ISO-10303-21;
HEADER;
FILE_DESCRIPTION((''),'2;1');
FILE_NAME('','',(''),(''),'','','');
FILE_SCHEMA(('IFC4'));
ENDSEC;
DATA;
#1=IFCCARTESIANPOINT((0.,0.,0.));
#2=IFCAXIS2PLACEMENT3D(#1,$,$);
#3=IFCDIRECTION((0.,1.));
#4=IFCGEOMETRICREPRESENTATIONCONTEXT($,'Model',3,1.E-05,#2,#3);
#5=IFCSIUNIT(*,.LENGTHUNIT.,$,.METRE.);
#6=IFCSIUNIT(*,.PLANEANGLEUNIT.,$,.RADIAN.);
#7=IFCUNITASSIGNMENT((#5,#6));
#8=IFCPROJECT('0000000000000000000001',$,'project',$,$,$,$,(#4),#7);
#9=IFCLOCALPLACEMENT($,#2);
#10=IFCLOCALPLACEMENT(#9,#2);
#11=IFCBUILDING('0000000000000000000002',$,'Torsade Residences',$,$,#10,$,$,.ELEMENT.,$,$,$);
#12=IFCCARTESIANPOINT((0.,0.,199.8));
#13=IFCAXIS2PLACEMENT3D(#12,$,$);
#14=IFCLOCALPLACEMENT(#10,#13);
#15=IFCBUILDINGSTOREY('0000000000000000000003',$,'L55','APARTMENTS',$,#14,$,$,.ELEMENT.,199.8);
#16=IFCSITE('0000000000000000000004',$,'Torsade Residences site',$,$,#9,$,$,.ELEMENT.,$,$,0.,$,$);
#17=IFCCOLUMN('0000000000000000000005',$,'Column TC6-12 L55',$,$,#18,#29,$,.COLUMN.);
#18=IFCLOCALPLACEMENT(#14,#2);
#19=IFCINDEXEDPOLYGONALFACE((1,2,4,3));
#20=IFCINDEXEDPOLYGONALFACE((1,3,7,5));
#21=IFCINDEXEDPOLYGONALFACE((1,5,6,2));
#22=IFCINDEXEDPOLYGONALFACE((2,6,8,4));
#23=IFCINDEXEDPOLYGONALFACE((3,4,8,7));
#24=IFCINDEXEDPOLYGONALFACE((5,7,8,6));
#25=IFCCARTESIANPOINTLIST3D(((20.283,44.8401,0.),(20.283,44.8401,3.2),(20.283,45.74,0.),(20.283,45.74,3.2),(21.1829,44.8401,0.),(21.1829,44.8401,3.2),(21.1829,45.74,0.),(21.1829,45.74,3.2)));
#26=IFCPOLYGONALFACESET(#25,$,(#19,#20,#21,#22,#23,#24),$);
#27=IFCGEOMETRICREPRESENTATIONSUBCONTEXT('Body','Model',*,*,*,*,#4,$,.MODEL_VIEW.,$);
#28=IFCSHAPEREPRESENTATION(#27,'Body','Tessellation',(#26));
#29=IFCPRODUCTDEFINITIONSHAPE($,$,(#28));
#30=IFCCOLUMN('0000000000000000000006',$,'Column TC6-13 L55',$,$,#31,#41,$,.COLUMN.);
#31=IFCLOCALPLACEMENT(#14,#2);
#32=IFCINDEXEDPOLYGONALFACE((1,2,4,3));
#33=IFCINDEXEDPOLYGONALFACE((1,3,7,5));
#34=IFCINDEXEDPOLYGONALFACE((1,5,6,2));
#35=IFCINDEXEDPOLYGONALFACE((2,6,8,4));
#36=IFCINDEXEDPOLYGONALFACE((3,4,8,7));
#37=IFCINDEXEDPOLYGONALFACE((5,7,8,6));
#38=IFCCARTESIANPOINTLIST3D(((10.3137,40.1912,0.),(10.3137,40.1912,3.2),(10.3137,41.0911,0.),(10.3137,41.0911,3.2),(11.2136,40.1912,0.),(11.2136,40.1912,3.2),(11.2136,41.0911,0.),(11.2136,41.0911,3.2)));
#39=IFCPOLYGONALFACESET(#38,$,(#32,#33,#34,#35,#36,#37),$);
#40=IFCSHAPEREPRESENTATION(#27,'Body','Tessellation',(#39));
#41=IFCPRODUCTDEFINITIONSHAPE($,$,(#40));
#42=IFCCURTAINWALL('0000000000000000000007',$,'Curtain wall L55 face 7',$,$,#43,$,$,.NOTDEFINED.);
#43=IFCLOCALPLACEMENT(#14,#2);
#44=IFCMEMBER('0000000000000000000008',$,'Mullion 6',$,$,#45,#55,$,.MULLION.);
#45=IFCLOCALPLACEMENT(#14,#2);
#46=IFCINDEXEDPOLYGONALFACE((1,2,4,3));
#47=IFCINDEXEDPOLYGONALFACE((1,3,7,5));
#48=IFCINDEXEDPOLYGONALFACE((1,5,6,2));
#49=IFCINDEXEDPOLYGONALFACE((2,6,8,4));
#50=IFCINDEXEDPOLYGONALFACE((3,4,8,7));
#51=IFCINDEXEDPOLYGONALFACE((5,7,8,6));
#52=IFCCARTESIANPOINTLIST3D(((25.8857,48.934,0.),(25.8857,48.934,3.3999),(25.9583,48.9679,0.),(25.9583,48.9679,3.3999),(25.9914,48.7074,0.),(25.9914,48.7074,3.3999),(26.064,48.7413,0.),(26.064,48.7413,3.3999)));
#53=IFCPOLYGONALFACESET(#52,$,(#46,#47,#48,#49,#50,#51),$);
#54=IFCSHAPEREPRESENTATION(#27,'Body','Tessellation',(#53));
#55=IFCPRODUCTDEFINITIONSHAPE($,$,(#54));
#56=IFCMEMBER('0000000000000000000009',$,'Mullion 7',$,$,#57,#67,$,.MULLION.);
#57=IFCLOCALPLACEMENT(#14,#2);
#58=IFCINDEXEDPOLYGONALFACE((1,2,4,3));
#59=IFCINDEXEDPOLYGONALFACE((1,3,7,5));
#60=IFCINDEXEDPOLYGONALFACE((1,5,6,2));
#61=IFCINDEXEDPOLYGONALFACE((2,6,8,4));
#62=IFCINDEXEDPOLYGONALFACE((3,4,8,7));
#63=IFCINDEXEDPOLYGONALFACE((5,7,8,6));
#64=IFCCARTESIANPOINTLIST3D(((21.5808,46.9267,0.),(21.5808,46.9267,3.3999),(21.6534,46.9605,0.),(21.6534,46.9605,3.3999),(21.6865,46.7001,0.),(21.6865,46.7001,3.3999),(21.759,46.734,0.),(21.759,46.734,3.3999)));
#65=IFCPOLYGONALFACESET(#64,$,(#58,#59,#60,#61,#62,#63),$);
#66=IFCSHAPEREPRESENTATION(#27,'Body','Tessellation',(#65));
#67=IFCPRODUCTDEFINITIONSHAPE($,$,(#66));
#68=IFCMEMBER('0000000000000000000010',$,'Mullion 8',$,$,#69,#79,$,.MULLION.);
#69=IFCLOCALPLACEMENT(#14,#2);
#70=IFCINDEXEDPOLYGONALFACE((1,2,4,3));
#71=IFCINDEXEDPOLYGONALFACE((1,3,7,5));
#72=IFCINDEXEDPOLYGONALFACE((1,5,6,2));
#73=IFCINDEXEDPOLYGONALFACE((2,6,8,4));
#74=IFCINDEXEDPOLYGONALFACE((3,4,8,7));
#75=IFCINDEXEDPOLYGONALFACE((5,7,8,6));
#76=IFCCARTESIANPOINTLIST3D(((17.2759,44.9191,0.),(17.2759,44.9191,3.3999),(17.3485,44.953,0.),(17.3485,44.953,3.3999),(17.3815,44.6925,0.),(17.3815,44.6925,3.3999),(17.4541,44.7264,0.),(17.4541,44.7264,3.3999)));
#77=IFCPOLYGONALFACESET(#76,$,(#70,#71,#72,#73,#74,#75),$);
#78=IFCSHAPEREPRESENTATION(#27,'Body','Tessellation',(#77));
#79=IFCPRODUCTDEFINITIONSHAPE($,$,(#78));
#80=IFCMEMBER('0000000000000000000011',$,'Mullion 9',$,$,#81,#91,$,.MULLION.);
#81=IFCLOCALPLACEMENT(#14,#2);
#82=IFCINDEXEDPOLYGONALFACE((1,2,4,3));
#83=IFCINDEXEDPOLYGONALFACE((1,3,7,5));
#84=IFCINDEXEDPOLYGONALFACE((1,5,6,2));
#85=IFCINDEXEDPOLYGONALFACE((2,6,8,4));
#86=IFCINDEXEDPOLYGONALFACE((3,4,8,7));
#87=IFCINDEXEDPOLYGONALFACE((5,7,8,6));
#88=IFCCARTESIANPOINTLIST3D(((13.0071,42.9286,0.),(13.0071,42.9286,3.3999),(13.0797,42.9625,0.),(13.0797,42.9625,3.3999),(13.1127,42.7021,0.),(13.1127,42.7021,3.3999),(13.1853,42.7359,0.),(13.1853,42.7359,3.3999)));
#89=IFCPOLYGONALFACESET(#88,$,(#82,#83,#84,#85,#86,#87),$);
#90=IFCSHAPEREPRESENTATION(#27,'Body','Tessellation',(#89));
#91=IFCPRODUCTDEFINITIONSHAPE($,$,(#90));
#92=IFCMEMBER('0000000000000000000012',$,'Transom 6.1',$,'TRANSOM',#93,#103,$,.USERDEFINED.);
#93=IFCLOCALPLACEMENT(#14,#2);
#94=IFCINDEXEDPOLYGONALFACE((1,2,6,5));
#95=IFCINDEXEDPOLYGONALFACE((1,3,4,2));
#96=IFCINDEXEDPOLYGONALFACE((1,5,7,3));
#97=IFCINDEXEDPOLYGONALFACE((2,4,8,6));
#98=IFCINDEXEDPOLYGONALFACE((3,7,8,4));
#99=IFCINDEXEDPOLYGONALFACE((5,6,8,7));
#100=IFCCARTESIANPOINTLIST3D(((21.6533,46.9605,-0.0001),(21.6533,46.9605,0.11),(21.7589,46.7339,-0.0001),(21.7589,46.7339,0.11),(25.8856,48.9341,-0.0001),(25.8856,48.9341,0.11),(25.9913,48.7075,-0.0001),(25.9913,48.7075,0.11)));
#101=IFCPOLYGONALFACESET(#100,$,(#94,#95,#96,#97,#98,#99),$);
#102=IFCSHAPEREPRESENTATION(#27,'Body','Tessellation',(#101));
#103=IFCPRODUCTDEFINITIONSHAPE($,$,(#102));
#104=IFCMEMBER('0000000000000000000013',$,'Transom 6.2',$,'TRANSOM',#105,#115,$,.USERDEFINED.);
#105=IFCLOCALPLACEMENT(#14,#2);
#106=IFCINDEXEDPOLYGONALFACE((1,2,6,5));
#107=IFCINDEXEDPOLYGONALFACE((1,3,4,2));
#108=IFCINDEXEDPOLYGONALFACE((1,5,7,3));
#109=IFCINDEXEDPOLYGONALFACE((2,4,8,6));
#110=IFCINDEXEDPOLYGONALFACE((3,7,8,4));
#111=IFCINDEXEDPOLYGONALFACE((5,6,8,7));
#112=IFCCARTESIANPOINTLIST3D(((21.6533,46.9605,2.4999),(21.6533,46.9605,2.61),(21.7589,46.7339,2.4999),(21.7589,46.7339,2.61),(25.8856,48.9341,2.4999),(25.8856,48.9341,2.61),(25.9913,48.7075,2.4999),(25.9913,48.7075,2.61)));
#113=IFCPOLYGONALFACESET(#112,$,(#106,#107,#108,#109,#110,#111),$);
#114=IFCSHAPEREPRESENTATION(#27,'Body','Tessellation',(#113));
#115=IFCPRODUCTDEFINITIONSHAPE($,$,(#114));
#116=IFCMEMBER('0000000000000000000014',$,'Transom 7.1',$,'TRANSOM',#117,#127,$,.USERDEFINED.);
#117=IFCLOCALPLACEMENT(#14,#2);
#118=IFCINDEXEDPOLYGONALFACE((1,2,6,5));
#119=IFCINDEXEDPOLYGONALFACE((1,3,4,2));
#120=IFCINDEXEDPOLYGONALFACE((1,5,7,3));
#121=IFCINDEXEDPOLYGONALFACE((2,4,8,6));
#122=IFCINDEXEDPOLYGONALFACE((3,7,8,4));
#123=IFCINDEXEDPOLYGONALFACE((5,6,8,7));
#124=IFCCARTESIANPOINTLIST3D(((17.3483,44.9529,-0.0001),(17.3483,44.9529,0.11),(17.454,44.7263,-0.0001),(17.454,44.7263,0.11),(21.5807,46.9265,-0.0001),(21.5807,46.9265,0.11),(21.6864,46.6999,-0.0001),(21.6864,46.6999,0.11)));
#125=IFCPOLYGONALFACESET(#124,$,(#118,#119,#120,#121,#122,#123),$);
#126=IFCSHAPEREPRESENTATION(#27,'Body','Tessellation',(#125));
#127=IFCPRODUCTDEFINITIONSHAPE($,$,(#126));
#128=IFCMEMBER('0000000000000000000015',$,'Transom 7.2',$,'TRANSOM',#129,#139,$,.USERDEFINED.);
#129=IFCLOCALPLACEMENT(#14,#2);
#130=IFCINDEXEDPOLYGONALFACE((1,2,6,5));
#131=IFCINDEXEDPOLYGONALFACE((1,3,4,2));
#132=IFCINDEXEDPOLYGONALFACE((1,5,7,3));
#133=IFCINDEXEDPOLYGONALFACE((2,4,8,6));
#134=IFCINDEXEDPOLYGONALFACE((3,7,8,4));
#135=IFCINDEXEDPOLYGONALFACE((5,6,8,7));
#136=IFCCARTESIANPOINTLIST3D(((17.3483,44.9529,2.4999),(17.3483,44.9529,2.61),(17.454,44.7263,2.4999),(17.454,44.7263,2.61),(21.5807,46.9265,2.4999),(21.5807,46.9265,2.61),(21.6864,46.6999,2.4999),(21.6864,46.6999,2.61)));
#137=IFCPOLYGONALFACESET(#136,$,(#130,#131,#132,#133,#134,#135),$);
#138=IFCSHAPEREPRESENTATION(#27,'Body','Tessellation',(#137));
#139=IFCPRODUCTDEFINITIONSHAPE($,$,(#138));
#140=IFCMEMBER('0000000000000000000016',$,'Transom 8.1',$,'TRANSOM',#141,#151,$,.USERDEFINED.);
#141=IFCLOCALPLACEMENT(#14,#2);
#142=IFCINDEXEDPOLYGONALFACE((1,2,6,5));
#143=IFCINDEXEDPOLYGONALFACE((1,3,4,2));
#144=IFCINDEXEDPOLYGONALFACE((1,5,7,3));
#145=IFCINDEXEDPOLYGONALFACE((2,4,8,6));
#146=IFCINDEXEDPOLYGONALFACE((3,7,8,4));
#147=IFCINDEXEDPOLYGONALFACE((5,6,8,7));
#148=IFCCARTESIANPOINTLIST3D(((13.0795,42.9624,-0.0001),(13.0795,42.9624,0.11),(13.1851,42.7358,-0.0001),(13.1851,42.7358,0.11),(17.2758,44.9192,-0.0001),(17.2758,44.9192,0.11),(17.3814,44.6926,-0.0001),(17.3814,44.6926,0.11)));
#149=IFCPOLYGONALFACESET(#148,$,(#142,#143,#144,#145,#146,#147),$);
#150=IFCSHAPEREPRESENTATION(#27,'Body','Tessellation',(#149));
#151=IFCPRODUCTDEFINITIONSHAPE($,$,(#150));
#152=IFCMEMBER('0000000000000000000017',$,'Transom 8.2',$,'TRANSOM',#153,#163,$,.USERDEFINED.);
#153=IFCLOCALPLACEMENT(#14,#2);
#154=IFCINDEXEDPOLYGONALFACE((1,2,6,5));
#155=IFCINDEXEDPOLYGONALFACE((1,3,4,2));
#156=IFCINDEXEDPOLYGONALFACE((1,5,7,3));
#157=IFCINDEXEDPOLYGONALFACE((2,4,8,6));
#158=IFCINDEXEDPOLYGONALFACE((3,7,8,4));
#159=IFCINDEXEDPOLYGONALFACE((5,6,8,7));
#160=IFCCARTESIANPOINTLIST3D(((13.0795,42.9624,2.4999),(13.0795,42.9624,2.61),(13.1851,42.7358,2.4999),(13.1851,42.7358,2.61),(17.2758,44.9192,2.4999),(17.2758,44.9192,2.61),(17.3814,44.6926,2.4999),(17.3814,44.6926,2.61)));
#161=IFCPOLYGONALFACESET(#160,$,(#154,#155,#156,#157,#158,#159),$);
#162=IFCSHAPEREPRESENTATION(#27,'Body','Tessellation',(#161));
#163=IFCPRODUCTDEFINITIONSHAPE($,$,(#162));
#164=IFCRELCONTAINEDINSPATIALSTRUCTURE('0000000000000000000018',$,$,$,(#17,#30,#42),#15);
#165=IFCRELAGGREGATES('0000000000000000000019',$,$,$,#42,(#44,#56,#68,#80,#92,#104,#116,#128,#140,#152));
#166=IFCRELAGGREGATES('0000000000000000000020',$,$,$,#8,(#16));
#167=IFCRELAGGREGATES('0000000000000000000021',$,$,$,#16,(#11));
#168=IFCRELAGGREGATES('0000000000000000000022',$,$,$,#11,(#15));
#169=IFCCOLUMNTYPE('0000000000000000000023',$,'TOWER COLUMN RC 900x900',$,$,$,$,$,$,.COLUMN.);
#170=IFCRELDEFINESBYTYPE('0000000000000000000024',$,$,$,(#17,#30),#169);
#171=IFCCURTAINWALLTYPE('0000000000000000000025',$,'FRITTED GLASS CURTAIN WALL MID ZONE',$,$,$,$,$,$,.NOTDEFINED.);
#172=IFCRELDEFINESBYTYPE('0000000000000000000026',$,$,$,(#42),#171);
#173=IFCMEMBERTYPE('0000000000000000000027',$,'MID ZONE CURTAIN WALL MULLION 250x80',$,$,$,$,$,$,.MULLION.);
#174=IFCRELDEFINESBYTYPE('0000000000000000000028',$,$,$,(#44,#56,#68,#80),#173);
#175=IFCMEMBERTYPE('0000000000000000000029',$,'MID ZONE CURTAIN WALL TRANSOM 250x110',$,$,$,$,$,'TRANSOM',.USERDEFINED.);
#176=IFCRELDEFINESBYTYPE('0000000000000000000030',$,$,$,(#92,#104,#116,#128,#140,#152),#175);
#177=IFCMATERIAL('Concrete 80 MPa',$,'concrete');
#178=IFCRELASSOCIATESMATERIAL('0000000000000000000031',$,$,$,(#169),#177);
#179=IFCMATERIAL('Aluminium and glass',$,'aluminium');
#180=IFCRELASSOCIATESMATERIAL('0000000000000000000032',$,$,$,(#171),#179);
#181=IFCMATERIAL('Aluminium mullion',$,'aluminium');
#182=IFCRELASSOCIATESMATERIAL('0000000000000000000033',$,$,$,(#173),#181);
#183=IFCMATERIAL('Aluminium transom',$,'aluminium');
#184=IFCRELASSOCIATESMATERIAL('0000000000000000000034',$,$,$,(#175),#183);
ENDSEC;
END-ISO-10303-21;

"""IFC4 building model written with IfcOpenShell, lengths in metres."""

from ifc_helpers import new_model, si_unit, direction, frame, origin, origin_2d, place, context, subcontext, project, spatial, rectangle, extrude, material, material_profile, profile_set, type_object, element, aggregate, save


model = new_model("IFC4")

# Units and contexts
model_context = context("Model", 3, precision=1e-05, world=origin(), true_north=direction((0.0, 1.0)))
body_context = subcontext(model_context, "Body", "Model", "MODEL_VIEW")
ifc_project = project(units=[si_unit("LENGTHUNIT", "METRE"), si_unit("PLANEANGLEUNIT", "RADIAN")], contexts=[model_context])

# Site, building, storey
site_placement = place(None, origin())
site = spatial("IfcSite", under=ifc_project, at=site_placement, Name="Torsade Residences site", CompositionType="ELEMENT", RefElevation=0.0)
building_placement = place(site_placement, origin())
building = spatial("IfcBuilding", under=site, at=building_placement, Name="Torsade Residences", CompositionType="ELEMENT")
storey_placement = place(building_placement, frame((0.0, 0.0, 199.8)))
storey = spatial("IfcBuildingStorey", under=building, at=storey_placement, Name="L55", Description="APARTMENTS", CompositionType="ELEMENT", Elevation=199.8)

# Columns
ifc_material_1 = material(Name="Concrete 80 MPa", Category="concrete")
ifc_material_profile_1 = material_profile(ifc_material_1, rectangle(XDim=0.8999, YDim=0.8999, at=origin_2d()), Name="RC 900x900")
ifc_profile_set_1 = profile_set([ifc_material_profile_1], Name="Concrete 80 MPa")
column_type = type_object("IfcColumnType", Name="TOWER COLUMN RC 900x900", PredefinedType="COLUMN", material=ifc_profile_set_1)
for number, where, z_axis, x_axis, name in (
    (1, (20.7329, 45.29, 0.0), (0.0, 0.0, 1.0), (1.0, 0.0, 0.0), "Column TC6-12 L55"),
    (2, (10.7637, 40.6411, 0.0), (0.0, 0.0, 1.0), (1.0, 0.0, 0.0), "Column TC6-13 L55"),
):
    element("IfcColumn", number, at=place(storey_placement, frame(where, z_axis=z_axis, x_axis=x_axis)), inside=storey, type_object=column_type, Name=name, PredefinedType="COLUMN", context=body_context, shape_type="SweptSolid", body=[
        extrude(rectangle(XDim=0.8999, YDim=0.8999, at=origin_2d()), origin(), (0.0, 0.0, 1.0), 3.2),
    ])

# Curtain wall, members
ifc_material_2 = material(Name="Aluminium and glass", Category="aluminium")
curtain_wall_type = type_object("IfcCurtainWallType", Name="FRITTED GLASS CURTAIN WALL MID ZONE", PredefinedType="NOTDEFINED", material=ifc_material_2)
curtain_wall_placement = place(storey_placement, origin())
curtain_wall = element("IfcCurtainWall", 3, at=curtain_wall_placement, inside=storey, type_object=curtain_wall_type, Name="Curtain wall L55 face 7", PredefinedType="NOTDEFINED")
ifc_material_3 = material(Name="Aluminium mullion", Category="aluminium")
ifc_material_profile_2 = material_profile(ifc_material_3, rectangle(XDim=0.25, YDim=0.0801, at=origin_2d()), Name="MID ZONE CURTAIN WALL MULLION 250x80")
ifc_profile_set_2 = profile_set([ifc_material_profile_2], Name="Aluminium mullion")
member_type_1 = type_object("IfcMemberType", Name="MID ZONE CURTAIN WALL MULLION 250x80", PredefinedType="MULLION", material=ifc_profile_set_2)
member_1_placement = place(storey_placement, frame((25.9749, 48.8376, 0.0), z_axis=(0.0, 0.0, 1.0), x_axis=(0.422618, -0.906308, 0.0)))
member_1 = element("IfcMember", 4, at=member_1_placement, type_object=member_type_1, Name="Mullion 6", PredefinedType="MULLION", context=body_context, shape_type="SweptSolid", body=[
    extrude(rectangle(XDim=0.25, YDim=0.0801, at=origin_2d()), origin(), (0.0, 0.0, 1.0), 3.3999),
])
member_2_placement = place(storey_placement, frame((21.6699, 46.8303, 0.0), z_axis=(0.0, 0.0, 1.0), x_axis=(0.422618, -0.906308, 0.0)))
member_2 = element("IfcMember", 5, at=member_2_placement, type_object=member_type_1, Name="Mullion 7", PredefinedType="MULLION", context=body_context, shape_type="SweptSolid", body=[
    extrude(rectangle(XDim=0.25, YDim=0.0801, at=origin_2d()), origin(), (0.0, 0.0, 1.0), 3.3999),
])
member_3_placement = place(storey_placement, frame((17.365, 44.8228, 0.0), z_axis=(0.0, 0.0, 1.0), x_axis=(0.422618, -0.906308, 0.0)))
member_3 = element("IfcMember", 6, at=member_3_placement, type_object=member_type_1, Name="Mullion 8", PredefinedType="MULLION", context=body_context, shape_type="SweptSolid", body=[
    extrude(rectangle(XDim=0.25, YDim=0.0801, at=origin_2d()), origin(), (0.0, 0.0, 1.0), 3.3999),
])
member_4_placement = place(storey_placement, frame((13.0962, 42.8323, 0.0), z_axis=(0.0, 0.0, 1.0), x_axis=(0.422618, -0.906308, 0.0)))
member_4 = element("IfcMember", 7, at=member_4_placement, type_object=member_type_1, Name="Mullion 9", PredefinedType="MULLION", context=body_context, shape_type="SweptSolid", body=[
    extrude(rectangle(XDim=0.25, YDim=0.0801, at=origin_2d()), origin(), (0.0, 0.0, 1.0), 3.3999),
])
ifc_material_4 = material(Name="Aluminium transom", Category="aluminium")
ifc_material_profile_3 = material_profile(ifc_material_4, rectangle(XDim=0.25, YDim=0.1101, at=origin_2d()), Name="MID ZONE CURTAIN WALL TRANSOM 250x110")
ifc_profile_set_3 = profile_set([ifc_material_profile_3], Name="Aluminium transom")
member_type_2 = type_object("IfcMemberType", Name="MID ZONE CURTAIN WALL TRANSOM 250x110", ElementType="TRANSOM", PredefinedType="USERDEFINED", material=ifc_profile_set_3)
member_5_placement = place(storey_placement, frame((25.9385, 48.8208, 0.0549), z_axis=(-0.906306, -0.422622, 0.0), x_axis=(0.422622, -0.906306, 0.0)))
member_5 = element("IfcMember", 8, at=member_5_placement, type_object=member_type_2, Name="Transom 6.1", ObjectType="TRANSOM", PredefinedType="USERDEFINED", context=body_context, shape_type="SweptSolid", body=[
    extrude(rectangle(XDim=0.25, YDim=0.1101, at=origin_2d()), origin(), (0.0, 0.0, 1.0), 4.6699),
])
member_6_placement = place(storey_placement, frame((25.9385, 48.8208, 2.5549), z_axis=(-0.906306, -0.422622, 0.0), x_axis=(0.422622, -0.906306, 0.0)))
member_6 = element("IfcMember", 9, at=member_6_placement, type_object=member_type_2, Name="Transom 6.2", ObjectType="TRANSOM", PredefinedType="USERDEFINED", context=body_context, shape_type="SweptSolid", body=[
    extrude(rectangle(XDim=0.25, YDim=0.1101, at=origin_2d()), origin(), (0.0, 0.0, 1.0), 4.6699),
])
member_7_placement = place(storey_placement, frame((21.6335, 46.8132, 0.0549), z_axis=(-0.906306, -0.422622, 0.0), x_axis=(0.422622, -0.906306, 0.0)))
member_7 = element("IfcMember", 10, at=member_7_placement, type_object=member_type_2, Name="Transom 7.1", ObjectType="TRANSOM", PredefinedType="USERDEFINED", context=body_context, shape_type="SweptSolid", body=[
    extrude(rectangle(XDim=0.25, YDim=0.1101, at=origin_2d()), origin(), (0.0, 0.0, 1.0), 4.6699),
])
member_8_placement = place(storey_placement, frame((21.6335, 46.8132, 2.5549), z_axis=(-0.906306, -0.422622, 0.0), x_axis=(0.422622, -0.906306, 0.0)))
member_8 = element("IfcMember", 11, at=member_8_placement, type_object=member_type_2, Name="Transom 7.2", ObjectType="TRANSOM", PredefinedType="USERDEFINED", context=body_context, shape_type="SweptSolid", body=[
    extrude(rectangle(XDim=0.25, YDim=0.1101, at=origin_2d()), origin(), (0.0, 0.0, 1.0), 4.6699),
])
member_9_placement = place(storey_placement, frame((17.3286, 44.8059, 0.0549), z_axis=(-0.906306, -0.422623, 0.0), x_axis=(0.422623, -0.906306, 0.0)))
member_9 = element("IfcMember", 12, at=member_9_placement, type_object=member_type_2, Name="Transom 8.1", ObjectType="TRANSOM", PredefinedType="USERDEFINED", context=body_context, shape_type="SweptSolid", body=[
    extrude(rectangle(XDim=0.25, YDim=0.1101, at=origin_2d()), origin(), (0.0, 0.0, 1.0), 4.6301),
])
member_10_placement = place(storey_placement, frame((17.3286, 44.8059, 2.5549), z_axis=(-0.906306, -0.422623, 0.0), x_axis=(0.422623, -0.906306, 0.0)))
member_10 = element("IfcMember", 13, at=member_10_placement, type_object=member_type_2, Name="Transom 8.2", ObjectType="TRANSOM", PredefinedType="USERDEFINED", context=body_context, shape_type="SweptSolid", body=[
    extrude(rectangle(XDim=0.25, YDim=0.1101, at=origin_2d()), origin(), (0.0, 0.0, 1.0), 4.6301),
])

aggregate(curtain_wall, [member_1, member_2, member_3, member_4, member_5, member_6, member_7, member_8, member_9, member_10])

save(model, "model.ifc")
